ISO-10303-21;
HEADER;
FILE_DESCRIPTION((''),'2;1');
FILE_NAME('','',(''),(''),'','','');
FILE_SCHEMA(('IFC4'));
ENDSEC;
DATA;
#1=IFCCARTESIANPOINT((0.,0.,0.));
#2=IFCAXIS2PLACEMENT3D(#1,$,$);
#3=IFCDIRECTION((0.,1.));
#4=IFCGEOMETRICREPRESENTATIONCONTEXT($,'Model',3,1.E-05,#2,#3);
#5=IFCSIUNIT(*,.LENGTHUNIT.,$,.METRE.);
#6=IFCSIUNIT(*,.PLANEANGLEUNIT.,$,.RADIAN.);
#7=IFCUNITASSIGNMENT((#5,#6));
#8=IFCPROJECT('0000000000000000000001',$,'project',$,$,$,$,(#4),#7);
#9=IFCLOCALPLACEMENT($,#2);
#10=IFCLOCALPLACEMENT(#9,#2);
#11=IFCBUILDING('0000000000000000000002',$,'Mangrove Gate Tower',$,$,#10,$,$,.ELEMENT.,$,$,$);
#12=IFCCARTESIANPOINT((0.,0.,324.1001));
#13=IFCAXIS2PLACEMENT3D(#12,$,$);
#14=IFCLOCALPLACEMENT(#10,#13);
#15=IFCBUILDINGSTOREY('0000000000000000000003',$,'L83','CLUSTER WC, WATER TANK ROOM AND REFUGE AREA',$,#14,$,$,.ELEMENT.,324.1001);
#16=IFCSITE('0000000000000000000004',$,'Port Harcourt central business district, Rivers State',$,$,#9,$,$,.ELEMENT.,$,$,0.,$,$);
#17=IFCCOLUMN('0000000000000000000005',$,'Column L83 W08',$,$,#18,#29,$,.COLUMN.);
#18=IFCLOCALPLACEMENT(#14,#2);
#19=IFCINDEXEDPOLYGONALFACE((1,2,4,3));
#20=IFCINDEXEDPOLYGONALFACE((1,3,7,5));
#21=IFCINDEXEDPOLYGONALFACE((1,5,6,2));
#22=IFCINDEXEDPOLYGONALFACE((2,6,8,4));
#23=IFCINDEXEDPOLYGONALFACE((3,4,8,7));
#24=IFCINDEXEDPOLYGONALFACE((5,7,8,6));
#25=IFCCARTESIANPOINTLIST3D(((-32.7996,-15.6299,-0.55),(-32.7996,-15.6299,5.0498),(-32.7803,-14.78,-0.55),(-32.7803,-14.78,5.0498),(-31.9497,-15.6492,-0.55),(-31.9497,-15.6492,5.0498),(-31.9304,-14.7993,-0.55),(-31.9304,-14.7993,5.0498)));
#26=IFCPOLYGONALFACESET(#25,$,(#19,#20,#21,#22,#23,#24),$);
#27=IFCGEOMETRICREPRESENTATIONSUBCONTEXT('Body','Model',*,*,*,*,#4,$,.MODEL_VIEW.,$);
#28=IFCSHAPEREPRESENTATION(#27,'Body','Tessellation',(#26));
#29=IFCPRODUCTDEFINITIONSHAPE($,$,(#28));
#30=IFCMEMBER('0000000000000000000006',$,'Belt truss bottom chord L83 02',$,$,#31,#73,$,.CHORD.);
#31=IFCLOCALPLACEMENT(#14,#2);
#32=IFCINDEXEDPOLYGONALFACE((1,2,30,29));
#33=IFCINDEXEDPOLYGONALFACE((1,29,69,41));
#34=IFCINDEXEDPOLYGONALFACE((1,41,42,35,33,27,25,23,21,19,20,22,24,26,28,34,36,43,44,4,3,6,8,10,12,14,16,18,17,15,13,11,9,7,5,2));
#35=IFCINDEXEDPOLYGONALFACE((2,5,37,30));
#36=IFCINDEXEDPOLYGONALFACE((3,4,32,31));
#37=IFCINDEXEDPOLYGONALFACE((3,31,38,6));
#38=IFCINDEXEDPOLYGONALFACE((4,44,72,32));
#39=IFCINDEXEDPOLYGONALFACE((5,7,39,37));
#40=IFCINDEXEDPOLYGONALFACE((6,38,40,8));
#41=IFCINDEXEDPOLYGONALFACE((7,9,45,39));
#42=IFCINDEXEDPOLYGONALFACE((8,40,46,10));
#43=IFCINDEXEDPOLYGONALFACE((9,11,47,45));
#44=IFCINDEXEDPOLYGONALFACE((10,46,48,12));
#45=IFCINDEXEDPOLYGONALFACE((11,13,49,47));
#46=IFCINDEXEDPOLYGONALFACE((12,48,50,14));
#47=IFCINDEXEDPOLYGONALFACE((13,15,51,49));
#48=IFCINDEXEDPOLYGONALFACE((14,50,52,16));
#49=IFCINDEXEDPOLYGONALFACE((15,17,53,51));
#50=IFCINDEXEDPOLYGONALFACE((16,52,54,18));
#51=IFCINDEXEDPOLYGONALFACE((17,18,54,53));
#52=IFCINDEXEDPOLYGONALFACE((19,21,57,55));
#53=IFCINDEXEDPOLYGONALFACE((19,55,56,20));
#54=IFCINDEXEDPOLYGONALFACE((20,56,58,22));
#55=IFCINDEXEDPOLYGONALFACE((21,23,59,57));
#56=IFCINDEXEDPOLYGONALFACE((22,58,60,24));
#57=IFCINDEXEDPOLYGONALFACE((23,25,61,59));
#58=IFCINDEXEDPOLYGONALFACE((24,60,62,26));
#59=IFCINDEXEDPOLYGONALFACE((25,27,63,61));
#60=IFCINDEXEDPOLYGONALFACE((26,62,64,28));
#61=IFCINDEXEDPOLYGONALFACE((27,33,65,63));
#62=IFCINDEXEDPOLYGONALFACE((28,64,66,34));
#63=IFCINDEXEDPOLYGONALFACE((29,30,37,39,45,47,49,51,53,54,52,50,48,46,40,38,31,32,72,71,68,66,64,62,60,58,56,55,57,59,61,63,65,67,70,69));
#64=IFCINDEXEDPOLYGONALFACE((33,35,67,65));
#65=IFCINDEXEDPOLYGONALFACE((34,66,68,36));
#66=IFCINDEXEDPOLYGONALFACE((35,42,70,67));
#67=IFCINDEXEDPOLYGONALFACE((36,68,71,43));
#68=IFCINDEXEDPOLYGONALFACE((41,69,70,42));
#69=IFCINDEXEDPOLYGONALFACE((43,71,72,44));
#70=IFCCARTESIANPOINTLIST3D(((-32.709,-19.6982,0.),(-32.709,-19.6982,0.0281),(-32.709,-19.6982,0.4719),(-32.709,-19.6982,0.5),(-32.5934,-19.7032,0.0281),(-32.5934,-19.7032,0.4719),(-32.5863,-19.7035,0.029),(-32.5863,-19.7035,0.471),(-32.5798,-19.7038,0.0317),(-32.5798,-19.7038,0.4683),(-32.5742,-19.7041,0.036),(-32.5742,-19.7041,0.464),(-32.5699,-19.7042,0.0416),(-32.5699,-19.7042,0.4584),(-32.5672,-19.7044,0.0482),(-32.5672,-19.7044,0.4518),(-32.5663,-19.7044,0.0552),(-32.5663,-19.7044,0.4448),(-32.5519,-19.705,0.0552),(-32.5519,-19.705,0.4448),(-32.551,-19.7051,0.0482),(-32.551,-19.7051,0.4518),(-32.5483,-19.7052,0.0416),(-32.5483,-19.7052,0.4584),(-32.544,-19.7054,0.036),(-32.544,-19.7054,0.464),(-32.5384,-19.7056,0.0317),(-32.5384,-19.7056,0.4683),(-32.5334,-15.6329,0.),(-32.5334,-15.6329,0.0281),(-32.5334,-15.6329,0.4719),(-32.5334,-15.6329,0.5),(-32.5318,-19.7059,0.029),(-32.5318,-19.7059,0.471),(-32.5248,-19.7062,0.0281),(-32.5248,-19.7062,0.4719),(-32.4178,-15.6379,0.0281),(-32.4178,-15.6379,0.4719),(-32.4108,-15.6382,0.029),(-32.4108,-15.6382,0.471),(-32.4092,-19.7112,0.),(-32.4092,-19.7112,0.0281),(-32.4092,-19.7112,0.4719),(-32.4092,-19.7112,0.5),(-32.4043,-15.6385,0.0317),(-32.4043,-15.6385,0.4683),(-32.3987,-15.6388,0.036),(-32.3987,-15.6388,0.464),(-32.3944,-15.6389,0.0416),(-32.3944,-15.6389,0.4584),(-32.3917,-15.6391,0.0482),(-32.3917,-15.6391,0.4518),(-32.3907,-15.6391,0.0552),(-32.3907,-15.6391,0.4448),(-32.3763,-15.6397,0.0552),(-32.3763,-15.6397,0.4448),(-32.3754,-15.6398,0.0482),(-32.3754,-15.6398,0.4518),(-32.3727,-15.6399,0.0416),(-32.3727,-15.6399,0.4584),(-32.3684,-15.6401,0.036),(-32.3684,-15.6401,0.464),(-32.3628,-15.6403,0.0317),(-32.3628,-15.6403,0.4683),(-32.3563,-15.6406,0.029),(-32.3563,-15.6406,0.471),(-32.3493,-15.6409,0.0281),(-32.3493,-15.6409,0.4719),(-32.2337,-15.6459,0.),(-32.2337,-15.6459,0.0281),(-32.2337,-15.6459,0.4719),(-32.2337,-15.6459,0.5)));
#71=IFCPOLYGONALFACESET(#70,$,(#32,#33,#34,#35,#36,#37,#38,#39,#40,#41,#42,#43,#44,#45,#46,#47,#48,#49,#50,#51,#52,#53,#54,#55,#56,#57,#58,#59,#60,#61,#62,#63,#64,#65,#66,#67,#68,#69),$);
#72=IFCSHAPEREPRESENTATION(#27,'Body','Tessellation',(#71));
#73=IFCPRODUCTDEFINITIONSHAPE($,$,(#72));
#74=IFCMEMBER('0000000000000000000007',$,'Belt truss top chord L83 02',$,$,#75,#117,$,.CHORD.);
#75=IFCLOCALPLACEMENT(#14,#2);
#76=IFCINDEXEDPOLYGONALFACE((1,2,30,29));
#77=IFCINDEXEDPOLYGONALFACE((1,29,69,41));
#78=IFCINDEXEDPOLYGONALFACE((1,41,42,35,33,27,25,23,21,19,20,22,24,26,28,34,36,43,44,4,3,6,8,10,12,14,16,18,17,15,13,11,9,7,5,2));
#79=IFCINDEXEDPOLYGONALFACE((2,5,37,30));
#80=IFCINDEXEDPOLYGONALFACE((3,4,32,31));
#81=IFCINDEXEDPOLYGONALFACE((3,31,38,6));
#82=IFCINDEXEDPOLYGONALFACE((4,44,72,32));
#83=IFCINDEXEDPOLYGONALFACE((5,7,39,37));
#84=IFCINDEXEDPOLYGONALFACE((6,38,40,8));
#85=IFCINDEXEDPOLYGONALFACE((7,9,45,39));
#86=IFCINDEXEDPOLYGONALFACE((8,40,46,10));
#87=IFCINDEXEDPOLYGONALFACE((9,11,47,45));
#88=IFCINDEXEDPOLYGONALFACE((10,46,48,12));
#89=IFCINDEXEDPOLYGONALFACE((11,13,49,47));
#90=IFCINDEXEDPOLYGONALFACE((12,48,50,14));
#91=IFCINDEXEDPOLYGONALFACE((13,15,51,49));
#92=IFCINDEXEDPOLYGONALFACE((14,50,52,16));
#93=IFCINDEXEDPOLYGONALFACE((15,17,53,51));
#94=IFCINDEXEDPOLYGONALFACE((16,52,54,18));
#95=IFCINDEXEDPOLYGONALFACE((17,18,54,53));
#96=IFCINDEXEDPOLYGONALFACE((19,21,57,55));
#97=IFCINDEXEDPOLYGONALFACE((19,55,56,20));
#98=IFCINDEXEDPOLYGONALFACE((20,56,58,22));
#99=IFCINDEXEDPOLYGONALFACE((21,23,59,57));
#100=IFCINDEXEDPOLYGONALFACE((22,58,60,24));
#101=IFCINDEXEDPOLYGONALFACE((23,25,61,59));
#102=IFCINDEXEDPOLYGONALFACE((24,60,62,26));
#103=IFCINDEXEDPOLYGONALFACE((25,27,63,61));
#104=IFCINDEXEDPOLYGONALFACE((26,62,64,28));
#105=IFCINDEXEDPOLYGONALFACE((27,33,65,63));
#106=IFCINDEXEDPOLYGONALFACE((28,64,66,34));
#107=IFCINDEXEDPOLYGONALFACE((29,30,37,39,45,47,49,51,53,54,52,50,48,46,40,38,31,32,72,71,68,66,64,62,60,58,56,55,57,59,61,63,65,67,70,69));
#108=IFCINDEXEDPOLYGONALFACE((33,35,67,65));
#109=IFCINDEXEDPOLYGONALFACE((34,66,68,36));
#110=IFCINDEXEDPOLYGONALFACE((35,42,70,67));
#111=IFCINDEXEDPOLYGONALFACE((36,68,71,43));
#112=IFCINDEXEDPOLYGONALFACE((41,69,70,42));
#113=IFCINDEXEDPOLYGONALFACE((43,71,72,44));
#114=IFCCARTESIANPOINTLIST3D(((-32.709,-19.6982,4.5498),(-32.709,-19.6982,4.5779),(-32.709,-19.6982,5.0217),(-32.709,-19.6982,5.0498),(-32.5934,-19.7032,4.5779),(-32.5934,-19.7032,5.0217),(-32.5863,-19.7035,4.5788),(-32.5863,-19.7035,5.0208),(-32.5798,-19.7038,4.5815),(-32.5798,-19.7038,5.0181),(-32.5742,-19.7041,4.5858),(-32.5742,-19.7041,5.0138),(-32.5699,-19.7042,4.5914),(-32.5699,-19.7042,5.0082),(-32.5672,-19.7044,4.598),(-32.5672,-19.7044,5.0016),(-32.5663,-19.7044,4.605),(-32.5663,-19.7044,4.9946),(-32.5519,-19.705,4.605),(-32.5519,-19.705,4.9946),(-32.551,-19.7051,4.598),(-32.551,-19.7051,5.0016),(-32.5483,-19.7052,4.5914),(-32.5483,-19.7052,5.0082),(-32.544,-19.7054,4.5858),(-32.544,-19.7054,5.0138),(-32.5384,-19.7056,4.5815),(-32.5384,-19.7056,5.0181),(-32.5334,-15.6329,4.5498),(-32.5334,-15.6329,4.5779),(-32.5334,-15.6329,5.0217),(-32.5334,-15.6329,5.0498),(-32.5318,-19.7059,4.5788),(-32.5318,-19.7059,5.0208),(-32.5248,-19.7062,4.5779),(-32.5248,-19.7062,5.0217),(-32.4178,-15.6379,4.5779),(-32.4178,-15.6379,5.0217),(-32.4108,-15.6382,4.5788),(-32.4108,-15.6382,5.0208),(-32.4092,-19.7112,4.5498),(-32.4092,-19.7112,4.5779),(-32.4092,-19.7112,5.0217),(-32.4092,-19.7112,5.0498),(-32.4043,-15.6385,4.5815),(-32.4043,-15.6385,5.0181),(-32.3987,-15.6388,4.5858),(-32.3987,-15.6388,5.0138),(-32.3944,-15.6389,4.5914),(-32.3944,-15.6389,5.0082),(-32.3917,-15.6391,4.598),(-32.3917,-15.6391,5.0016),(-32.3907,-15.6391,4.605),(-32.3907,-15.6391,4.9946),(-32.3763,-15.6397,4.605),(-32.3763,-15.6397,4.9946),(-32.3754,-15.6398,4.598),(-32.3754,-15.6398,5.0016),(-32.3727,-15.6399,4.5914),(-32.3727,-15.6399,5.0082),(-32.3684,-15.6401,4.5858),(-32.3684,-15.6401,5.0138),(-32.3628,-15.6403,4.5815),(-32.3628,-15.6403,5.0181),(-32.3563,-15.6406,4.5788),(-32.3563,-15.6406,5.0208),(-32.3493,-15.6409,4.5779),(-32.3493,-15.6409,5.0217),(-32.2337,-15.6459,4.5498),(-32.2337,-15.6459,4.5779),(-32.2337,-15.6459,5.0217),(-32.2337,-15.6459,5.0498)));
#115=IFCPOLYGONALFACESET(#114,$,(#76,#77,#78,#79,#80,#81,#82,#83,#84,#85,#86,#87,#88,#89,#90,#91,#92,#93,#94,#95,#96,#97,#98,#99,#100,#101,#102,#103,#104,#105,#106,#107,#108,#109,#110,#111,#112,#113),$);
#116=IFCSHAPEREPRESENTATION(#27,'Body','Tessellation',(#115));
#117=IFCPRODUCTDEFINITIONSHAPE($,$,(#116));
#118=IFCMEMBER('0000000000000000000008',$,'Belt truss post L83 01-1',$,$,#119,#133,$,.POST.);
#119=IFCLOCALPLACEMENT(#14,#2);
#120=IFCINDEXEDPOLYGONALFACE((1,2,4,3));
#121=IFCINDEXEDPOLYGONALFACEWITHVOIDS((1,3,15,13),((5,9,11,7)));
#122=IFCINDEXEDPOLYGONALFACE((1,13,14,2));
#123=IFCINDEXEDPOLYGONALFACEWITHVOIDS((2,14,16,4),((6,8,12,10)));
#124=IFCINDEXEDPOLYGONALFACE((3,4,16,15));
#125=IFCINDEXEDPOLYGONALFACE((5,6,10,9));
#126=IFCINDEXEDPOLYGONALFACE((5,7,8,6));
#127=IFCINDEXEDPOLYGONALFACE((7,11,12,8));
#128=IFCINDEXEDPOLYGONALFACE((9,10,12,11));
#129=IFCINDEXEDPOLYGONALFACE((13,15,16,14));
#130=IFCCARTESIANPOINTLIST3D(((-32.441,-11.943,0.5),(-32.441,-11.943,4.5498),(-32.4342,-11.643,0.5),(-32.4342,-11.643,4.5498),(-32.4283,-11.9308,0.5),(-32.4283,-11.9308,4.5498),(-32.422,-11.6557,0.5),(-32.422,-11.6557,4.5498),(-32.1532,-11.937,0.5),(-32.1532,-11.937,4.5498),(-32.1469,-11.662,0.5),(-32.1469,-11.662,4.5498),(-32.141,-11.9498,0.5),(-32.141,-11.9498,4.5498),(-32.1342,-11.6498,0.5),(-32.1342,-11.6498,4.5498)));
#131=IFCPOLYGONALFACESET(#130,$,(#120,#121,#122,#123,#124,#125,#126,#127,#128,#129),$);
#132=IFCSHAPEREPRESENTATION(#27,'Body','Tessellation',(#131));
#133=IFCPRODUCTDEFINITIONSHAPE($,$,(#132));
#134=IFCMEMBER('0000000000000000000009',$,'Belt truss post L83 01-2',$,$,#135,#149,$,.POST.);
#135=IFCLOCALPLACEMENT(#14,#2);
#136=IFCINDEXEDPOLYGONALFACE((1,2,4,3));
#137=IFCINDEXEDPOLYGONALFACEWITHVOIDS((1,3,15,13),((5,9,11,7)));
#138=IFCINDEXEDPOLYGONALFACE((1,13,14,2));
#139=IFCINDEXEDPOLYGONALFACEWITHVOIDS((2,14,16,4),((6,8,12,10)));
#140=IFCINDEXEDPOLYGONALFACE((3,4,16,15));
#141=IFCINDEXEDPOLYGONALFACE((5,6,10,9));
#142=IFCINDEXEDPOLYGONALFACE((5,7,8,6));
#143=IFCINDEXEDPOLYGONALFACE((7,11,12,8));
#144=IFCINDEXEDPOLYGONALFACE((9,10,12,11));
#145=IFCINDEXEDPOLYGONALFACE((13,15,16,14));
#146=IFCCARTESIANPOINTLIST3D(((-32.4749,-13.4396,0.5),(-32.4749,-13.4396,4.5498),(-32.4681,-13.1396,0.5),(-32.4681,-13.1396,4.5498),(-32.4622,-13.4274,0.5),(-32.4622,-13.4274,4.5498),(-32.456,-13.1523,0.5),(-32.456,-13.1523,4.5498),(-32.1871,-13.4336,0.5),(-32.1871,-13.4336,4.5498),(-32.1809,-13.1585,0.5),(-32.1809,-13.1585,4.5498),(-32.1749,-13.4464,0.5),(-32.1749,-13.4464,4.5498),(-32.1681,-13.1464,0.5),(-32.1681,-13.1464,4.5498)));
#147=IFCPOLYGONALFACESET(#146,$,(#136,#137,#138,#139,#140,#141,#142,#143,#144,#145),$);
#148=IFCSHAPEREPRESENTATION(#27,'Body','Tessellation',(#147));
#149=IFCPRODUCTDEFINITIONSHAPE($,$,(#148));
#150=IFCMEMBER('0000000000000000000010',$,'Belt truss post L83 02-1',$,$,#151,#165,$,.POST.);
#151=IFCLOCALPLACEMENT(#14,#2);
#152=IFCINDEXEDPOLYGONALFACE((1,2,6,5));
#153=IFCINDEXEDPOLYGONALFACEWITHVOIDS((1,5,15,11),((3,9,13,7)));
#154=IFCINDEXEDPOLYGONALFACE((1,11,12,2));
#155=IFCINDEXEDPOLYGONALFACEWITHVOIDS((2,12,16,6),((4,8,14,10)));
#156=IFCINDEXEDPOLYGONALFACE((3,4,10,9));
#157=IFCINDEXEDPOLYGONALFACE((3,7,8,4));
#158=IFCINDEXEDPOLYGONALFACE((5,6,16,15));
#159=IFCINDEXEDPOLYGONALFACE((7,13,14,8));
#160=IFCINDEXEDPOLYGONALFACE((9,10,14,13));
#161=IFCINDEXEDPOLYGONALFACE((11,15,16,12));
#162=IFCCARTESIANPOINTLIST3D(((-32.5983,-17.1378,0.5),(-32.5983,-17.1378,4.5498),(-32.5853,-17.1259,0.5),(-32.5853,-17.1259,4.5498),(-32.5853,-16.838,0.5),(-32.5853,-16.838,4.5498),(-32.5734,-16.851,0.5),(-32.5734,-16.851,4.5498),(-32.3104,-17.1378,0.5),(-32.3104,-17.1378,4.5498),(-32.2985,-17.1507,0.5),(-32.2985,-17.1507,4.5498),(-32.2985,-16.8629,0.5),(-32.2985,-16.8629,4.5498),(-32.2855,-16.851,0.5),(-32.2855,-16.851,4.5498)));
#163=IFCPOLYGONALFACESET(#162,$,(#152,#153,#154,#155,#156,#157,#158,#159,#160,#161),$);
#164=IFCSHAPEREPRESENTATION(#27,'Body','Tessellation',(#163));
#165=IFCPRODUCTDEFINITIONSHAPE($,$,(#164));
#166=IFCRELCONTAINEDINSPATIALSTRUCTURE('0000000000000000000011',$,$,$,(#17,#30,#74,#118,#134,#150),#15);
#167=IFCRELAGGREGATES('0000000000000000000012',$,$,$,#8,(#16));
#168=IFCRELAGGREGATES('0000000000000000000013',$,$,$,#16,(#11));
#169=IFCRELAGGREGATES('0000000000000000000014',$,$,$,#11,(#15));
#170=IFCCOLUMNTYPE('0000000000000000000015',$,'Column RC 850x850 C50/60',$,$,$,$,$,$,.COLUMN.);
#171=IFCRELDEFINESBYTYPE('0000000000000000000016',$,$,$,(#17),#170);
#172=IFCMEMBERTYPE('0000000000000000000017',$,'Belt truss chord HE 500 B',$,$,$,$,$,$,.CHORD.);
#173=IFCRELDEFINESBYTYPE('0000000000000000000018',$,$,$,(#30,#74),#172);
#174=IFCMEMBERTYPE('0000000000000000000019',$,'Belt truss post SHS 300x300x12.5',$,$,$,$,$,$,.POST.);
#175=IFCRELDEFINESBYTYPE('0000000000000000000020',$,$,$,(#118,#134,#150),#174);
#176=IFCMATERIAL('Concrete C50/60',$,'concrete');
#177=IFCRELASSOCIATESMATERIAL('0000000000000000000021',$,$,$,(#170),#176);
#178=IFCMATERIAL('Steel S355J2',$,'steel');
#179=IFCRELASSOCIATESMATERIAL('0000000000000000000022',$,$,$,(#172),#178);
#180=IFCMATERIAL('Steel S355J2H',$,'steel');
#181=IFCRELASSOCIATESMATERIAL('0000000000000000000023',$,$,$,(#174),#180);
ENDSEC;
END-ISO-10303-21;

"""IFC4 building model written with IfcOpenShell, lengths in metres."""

from ifc_helpers import new_model, si_unit, direction, frame, origin, origin_2d, place, context, subcontext, project, spatial, rectangle, hollow_rectangle, i_section, extrude, material, material_profile, profile_set, type_object, element, save


model = new_model("IFC4")

# Units and contexts
model_context = context("Model", 3, precision=1e-05, world=origin(), true_north=direction((0.0, 1.0)))
body_context = subcontext(model_context, "Body", "Model", "MODEL_VIEW")
ifc_project = project(units=[si_unit("LENGTHUNIT", "METRE"), si_unit("PLANEANGLEUNIT", "RADIAN")], contexts=[model_context])

# Site, building, storey
site_placement = place(None, origin())
site = spatial("IfcSite", under=ifc_project, at=site_placement, Name="Port Harcourt central business district, Rivers State", CompositionType="ELEMENT", RefElevation=0.0)
building_placement = place(site_placement, origin())
building = spatial("IfcBuilding", under=site, at=building_placement, Name="Mangrove Gate Tower", CompositionType="ELEMENT")
storey_placement = place(building_placement, frame((0.0, 0.0, 324.1001)))
storey = spatial("IfcBuildingStorey", under=building, at=storey_placement, Name="L83", Description="CLUSTER WC, WATER TANK ROOM AND REFUGE AREA", CompositionType="ELEMENT", Elevation=324.1001)

# Column
ifc_material_1 = material(Name="Concrete C50/60", Category="concrete")
ifc_material_profile_1 = material_profile(ifc_material_1, rectangle(XDim=0.8501, YDim=0.8501, at=origin_2d()))
ifc_profile_set_1 = profile_set([ifc_material_profile_1], Name="Concrete C50/60")
column_type = type_object("IfcColumnType", Name="Column RC 850x850 C50/60", PredefinedType="COLUMN", material=ifc_profile_set_1)
column_placement = place(storey_placement, frame((-32.365, -15.2146, -0.55), z_axis=(0.0, 0.0, 1.0), x_axis=(-0.022747, -0.999741, 0.0)))
element("IfcColumn", 1, at=column_placement, inside=storey, type_object=column_type, Name="Column L83 W08", PredefinedType="COLUMN", context=body_context, shape_type="SweptSolid", body=[
    extrude(rectangle(XDim=0.8501, YDim=0.8501, at=origin_2d()), origin(), (0.0, 0.0, 1.0), 5.5999),
])

# Members
ifc_material_2 = material(Name="Steel S355J2", Category="steel")
ifc_material_profile_2 = material_profile(ifc_material_2, i_section(OverallWidth=0.3, OverallDepth=0.5, WebThickness=0.0144, FlangeThickness=0.0281, FilletRadius=0.0271, at=origin_2d()))
ifc_profile_set_2 = profile_set([ifc_material_profile_2], Name="Steel S355J2")
member_type_1 = type_object("IfcMemberType", Name="Belt truss chord HE 500 B", PredefinedType="CHORD", material=ifc_profile_set_2)
for number, where, z_axis, x_axis, name in (
    (2, (-32.3835, -15.6394, 0.25), (-0.04314, -0.999069, 0.0), (0.999069, -0.04314, 0.0), "Belt truss bottom chord L83 02"),
    (3, (-32.3835, -15.6394, 4.7998), (-0.04314, -0.999069, 0.0), (0.999069, -0.04314, 0.0), "Belt truss top chord L83 02"),
):
    element("IfcMember", number, at=place(storey_placement, frame(where, z_axis=z_axis, x_axis=x_axis)), inside=storey, type_object=member_type_1, Name=name, PredefinedType="CHORD", context=body_context, shape_type="SweptSolid", body=[
        extrude(i_section(OverallWidth=0.3, OverallDepth=0.5, WebThickness=0.0144, FlangeThickness=0.0281, FilletRadius=0.0271, at=origin_2d()), origin(), (0.0, 0.0, 1.0), 4.0691),
    ])
ifc_material_3 = material(Name="Steel S355J2H", Category="steel")
ifc_material_profile_3 = material_profile(ifc_material_3, hollow_rectangle(XDim=0.3, YDim=0.3, WallThickness=0.0125, at=origin_2d()))
ifc_profile_set_3 = profile_set([ifc_material_profile_3], Name="Steel S355J2H")
member_type_2 = type_object("IfcMemberType", Name="Belt truss post SHS 300x300x12.5", PredefinedType="POST", material=ifc_profile_set_3)
for number, where, z_axis, x_axis, name in (
    (4, (-32.2876, -11.7964, 0.5), (0.0, 0.0, 1.0), (-0.022653, -0.999743, 0.0), "Belt truss post L83 01-1"),
    (5, (-32.3215, -13.293, 0.5), (0.0, 0.0, 1.0), (-0.022653, -0.999743, 0.0), "Belt truss post L83 01-2"),
    (6, (-32.4419, -16.9944, 0.5), (0.0, 0.0, 1.0), (-0.04316, -0.999068, 0.0), "Belt truss post L83 02-1"),
):
    element("IfcMember", number, at=place(storey_placement, frame(where, z_axis=z_axis, x_axis=x_axis)), inside=storey, type_object=member_type_2, Name=name, PredefinedType="POST", context=body_context, shape_type="SweptSolid", body=[
        extrude(hollow_rectangle(XDim=0.3, YDim=0.3, WallThickness=0.0125, at=origin_2d()), origin(), (0.0, 0.0, 1.0), 4.0498),
    ])

save(model, "model.ifc")
